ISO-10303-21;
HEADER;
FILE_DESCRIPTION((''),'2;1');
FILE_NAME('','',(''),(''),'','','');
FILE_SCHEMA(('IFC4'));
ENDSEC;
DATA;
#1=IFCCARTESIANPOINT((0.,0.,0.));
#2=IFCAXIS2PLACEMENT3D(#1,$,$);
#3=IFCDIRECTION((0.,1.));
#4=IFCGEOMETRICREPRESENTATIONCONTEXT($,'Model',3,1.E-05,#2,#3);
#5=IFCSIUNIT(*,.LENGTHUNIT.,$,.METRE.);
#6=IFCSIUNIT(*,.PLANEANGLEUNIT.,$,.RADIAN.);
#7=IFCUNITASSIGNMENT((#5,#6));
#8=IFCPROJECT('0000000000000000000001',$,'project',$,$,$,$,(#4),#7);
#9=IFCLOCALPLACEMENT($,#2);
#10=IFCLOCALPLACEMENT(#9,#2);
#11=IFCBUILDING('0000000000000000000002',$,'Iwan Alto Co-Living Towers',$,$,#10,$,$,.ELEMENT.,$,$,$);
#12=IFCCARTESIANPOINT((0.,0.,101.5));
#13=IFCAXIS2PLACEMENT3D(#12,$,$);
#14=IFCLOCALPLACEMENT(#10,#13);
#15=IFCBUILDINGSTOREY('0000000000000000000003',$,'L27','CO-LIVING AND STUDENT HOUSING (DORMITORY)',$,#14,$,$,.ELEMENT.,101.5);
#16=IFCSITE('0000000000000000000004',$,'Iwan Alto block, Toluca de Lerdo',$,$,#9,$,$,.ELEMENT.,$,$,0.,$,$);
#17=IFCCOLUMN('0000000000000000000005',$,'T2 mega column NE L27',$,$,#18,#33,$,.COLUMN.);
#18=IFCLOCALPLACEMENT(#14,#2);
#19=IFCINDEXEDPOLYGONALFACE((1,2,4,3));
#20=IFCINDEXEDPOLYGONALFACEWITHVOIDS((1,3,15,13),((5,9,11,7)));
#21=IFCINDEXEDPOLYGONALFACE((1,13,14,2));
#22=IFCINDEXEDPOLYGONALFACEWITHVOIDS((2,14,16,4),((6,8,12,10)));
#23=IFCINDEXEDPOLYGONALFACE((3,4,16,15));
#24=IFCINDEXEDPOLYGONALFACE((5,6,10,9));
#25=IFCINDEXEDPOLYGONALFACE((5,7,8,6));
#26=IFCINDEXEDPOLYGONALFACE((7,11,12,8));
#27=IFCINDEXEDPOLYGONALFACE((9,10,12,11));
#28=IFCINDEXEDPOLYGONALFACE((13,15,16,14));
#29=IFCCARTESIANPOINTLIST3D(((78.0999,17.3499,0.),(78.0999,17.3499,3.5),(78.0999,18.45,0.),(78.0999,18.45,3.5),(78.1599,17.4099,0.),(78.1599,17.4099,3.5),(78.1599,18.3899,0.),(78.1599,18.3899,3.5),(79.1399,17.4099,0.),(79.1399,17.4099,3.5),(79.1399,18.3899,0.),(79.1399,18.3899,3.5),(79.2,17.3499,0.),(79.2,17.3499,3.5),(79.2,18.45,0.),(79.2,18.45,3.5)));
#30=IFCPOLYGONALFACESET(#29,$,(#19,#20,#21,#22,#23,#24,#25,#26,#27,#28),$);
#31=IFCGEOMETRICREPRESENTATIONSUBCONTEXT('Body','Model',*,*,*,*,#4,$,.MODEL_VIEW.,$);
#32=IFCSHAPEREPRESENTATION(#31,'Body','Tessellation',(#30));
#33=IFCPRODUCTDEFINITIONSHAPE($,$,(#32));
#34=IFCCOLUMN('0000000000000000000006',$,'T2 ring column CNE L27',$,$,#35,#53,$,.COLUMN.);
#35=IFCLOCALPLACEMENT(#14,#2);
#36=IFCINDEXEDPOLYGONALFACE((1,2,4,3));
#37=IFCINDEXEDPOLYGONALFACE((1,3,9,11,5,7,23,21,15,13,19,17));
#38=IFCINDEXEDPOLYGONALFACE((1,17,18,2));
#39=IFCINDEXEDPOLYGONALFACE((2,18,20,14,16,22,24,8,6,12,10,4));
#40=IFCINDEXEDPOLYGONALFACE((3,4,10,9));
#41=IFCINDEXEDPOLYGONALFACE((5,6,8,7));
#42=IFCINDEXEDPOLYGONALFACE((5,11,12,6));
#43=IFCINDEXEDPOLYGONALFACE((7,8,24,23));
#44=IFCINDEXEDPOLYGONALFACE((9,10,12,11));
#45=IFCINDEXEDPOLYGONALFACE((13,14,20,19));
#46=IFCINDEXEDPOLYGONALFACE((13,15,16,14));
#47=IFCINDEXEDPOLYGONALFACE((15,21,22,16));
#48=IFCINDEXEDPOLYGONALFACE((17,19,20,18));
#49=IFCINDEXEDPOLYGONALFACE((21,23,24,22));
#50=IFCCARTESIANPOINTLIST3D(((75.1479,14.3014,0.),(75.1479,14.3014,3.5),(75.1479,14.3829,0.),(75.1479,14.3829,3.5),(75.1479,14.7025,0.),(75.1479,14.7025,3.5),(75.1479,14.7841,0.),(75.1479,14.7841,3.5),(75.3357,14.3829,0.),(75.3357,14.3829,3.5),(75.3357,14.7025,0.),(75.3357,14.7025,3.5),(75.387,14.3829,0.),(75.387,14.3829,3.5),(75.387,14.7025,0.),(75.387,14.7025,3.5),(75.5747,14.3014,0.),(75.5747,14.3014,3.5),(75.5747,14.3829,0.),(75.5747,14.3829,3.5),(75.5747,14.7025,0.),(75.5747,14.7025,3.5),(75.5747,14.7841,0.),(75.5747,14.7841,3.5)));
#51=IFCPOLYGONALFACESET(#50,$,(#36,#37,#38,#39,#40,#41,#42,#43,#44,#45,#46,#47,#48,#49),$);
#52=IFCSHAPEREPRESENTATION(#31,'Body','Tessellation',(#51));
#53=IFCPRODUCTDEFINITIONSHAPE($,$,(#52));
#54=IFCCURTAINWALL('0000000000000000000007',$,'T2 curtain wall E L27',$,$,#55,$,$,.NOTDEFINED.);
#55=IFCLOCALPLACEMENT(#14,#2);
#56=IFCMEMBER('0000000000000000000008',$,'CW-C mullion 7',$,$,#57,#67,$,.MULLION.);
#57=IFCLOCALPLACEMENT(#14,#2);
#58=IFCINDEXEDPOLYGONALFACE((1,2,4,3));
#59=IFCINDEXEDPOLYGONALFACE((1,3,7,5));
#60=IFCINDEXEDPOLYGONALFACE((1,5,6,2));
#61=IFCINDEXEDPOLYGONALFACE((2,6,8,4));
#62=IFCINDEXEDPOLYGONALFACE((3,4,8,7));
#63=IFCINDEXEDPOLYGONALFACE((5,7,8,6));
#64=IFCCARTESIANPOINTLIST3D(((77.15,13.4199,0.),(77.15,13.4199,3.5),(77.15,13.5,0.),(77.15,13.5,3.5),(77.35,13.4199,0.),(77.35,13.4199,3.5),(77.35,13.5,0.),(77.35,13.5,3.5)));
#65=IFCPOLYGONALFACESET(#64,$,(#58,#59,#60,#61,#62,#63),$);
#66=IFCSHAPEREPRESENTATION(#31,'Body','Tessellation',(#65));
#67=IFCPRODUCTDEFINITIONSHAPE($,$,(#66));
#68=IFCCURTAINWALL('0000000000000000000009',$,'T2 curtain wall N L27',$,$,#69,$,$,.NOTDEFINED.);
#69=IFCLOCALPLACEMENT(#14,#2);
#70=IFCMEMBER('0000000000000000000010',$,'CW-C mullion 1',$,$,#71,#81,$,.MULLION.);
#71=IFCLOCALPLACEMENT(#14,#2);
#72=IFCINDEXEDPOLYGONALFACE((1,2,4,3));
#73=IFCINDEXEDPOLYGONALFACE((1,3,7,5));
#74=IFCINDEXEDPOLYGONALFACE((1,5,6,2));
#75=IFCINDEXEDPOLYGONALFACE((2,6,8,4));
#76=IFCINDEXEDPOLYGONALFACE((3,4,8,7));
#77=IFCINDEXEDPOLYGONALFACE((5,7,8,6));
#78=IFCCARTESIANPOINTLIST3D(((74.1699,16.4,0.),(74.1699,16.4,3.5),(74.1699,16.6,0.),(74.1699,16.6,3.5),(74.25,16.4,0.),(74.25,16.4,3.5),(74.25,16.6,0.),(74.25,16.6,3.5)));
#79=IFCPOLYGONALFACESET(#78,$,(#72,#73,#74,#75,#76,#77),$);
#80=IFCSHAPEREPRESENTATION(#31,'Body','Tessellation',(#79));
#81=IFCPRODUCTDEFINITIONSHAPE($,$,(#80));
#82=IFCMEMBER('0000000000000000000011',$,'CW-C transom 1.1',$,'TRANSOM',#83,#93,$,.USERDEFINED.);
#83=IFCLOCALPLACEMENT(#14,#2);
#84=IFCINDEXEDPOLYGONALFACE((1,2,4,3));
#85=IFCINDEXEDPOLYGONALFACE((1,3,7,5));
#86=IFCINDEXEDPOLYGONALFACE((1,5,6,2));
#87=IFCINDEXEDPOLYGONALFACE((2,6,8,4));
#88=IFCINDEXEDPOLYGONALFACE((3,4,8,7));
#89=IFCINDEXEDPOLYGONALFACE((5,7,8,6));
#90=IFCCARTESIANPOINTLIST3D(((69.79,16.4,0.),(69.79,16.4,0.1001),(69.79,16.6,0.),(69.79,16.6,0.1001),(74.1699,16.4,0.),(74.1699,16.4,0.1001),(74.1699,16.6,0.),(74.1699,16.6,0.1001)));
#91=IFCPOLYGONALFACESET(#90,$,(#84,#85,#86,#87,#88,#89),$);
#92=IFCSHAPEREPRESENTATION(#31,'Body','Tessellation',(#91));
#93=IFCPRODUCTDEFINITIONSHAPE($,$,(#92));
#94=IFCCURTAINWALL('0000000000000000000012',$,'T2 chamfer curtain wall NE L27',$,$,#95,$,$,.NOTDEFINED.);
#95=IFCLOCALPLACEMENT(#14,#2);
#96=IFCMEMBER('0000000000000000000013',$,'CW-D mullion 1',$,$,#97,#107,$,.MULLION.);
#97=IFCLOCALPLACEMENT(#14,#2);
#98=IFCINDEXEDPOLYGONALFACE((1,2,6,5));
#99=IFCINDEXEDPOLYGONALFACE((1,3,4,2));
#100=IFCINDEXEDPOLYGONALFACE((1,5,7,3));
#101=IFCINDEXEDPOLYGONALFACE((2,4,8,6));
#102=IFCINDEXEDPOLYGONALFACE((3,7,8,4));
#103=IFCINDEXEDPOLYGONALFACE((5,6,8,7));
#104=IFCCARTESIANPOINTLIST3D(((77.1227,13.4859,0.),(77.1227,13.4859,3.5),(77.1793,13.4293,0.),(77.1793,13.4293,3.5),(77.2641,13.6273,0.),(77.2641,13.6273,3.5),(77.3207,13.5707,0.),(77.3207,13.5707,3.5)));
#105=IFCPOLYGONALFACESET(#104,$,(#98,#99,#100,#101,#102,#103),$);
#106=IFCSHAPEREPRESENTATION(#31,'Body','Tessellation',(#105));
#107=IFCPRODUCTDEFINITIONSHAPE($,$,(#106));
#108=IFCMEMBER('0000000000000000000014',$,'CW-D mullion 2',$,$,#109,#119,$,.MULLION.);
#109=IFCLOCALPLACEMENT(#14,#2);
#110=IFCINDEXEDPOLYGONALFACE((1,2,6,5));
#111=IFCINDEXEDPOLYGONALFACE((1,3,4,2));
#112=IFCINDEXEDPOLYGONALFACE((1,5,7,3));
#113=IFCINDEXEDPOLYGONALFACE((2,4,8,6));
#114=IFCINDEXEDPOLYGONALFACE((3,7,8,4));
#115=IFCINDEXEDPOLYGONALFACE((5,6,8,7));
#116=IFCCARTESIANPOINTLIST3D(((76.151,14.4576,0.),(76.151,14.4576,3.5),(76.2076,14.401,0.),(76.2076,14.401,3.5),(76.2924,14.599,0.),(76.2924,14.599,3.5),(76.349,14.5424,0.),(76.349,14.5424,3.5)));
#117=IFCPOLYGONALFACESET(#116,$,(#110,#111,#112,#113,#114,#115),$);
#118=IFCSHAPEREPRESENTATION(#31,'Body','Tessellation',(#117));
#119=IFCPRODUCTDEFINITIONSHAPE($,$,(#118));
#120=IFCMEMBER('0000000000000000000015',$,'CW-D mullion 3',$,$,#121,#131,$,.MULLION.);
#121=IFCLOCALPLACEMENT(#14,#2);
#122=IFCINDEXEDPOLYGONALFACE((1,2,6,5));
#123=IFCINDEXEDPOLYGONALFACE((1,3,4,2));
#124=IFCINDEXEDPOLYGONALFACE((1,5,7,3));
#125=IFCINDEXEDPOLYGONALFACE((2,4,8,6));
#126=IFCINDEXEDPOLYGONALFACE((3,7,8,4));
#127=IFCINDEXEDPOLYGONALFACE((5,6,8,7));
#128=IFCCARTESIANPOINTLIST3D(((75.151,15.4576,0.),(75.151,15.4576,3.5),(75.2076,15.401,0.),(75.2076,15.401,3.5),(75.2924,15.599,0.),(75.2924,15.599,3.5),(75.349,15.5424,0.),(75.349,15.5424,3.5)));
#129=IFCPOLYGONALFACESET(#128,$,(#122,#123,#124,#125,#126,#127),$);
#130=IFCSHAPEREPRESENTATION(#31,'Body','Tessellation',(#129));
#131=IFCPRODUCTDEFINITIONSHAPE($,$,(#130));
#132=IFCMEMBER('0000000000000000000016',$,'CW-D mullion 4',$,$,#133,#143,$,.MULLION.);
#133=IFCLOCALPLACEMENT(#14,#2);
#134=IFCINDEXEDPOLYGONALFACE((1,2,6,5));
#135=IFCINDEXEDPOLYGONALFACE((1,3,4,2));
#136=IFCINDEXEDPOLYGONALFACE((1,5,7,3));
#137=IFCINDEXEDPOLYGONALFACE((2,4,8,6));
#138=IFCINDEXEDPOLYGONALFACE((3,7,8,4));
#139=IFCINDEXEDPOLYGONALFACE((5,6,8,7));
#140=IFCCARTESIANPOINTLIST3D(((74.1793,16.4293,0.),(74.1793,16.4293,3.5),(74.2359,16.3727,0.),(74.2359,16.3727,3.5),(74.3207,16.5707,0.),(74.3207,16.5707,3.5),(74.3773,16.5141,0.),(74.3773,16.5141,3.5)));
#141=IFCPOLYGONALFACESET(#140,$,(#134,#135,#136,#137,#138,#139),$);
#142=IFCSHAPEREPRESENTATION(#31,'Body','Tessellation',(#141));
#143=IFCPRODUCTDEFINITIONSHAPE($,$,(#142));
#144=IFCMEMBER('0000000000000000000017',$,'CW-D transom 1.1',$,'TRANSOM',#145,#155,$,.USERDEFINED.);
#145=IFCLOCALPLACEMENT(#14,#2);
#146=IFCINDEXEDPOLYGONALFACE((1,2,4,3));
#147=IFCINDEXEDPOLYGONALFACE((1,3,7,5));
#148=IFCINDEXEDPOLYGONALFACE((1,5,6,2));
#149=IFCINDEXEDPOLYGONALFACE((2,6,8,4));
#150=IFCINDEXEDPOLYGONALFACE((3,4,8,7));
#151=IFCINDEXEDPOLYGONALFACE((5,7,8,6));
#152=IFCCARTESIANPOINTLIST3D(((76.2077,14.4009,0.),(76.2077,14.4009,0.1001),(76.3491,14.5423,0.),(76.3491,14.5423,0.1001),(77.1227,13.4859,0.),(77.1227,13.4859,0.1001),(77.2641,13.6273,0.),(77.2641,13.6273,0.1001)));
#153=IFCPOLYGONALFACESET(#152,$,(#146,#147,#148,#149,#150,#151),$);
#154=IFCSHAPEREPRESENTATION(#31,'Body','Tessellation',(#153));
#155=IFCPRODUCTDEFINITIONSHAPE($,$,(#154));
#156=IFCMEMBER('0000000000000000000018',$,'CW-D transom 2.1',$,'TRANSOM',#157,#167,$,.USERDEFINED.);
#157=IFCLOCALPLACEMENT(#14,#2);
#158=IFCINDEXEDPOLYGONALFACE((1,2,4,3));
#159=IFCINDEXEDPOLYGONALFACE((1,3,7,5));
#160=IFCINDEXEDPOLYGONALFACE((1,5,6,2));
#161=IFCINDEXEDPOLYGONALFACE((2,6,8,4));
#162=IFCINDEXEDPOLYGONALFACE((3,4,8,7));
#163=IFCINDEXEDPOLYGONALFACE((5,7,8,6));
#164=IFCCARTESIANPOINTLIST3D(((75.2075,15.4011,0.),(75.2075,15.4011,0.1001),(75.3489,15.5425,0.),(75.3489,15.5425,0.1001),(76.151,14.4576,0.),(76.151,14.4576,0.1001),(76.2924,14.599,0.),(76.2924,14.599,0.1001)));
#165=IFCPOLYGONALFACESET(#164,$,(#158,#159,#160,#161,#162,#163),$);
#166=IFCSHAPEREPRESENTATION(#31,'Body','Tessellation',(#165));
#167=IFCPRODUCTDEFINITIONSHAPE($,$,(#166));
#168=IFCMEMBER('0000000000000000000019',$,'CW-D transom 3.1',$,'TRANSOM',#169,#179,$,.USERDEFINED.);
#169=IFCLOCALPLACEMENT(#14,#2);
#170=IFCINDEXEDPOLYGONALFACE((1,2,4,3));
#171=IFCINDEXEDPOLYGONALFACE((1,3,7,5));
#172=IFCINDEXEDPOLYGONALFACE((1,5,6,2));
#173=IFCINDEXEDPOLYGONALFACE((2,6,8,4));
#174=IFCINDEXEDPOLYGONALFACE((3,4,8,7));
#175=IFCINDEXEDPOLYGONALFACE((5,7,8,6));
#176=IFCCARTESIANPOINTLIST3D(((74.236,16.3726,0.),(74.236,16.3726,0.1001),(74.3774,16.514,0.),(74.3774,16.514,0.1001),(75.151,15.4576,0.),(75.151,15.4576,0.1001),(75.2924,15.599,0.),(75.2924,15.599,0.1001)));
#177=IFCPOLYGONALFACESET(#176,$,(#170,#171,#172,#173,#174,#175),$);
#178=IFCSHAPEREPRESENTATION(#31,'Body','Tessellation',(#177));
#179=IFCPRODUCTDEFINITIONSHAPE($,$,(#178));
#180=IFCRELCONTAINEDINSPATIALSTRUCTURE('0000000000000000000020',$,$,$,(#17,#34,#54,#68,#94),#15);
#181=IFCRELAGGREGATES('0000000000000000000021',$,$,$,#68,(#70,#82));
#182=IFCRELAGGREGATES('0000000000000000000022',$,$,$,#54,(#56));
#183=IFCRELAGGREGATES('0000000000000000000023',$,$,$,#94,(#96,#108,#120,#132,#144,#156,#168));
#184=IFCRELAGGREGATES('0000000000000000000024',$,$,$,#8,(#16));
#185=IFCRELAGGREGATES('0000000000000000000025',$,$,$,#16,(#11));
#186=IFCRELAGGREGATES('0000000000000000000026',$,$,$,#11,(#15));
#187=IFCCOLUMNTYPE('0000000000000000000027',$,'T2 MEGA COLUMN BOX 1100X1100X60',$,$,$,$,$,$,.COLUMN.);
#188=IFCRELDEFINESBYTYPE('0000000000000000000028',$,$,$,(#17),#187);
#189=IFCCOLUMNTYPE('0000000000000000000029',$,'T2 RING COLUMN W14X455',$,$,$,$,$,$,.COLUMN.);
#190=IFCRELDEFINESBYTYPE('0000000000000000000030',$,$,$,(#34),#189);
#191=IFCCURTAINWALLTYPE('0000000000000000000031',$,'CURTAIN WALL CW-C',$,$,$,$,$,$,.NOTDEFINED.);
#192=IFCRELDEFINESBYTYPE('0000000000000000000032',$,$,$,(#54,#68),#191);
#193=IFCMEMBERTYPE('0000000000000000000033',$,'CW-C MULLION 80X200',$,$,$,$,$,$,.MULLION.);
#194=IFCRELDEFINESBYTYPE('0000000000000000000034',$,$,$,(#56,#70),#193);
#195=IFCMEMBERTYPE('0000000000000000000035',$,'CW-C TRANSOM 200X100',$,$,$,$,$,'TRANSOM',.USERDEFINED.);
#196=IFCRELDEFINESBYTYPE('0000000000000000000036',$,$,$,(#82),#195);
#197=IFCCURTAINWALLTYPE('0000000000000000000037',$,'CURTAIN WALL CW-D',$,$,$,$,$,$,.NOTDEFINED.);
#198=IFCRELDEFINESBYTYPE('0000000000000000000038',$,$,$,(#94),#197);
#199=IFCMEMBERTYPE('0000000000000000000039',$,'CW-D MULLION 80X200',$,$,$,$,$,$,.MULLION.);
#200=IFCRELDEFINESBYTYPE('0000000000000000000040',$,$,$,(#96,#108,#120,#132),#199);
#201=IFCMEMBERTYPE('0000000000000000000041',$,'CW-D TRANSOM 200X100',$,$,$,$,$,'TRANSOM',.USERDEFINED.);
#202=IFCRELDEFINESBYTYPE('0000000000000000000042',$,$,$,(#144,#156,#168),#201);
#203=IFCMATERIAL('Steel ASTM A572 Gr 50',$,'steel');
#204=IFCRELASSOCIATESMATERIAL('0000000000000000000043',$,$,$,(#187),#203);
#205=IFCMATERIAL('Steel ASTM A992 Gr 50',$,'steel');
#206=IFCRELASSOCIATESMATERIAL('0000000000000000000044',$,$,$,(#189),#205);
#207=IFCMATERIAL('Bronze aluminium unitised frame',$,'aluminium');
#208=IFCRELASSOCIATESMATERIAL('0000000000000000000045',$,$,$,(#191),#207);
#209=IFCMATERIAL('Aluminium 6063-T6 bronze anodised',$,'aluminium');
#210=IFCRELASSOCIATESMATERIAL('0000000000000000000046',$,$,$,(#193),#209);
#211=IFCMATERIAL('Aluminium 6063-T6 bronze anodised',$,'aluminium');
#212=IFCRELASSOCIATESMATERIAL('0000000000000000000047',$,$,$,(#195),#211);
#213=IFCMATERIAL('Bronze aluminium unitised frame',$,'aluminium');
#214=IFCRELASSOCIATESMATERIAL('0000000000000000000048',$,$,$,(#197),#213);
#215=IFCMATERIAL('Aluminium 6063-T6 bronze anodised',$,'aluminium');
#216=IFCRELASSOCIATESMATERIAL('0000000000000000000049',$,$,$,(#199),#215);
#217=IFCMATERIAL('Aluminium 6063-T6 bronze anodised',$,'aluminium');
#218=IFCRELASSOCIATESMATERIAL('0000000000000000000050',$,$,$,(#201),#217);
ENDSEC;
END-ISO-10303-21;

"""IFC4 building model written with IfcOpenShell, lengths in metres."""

from ifc_helpers import new_model, si_unit, direction, frame, origin, origin_2d, place, context, subcontext, project, spatial, rectangle, hollow_rectangle, i_section, extrude, material, material_profile, profile_set, type_object, element, aggregate, save


model = new_model("IFC4")

# Units and contexts
model_context = context("Model", 3, precision=1e-05, world=origin(), true_north=direction((0.0, 1.0)))
body_context = subcontext(model_context, "Body", "Model", "MODEL_VIEW")
ifc_project = project(units=[si_unit("LENGTHUNIT", "METRE"), si_unit("PLANEANGLEUNIT", "RADIAN")], contexts=[model_context])

# Site, building, storey
site_placement = place(None, origin())
site = spatial("IfcSite", under=ifc_project, at=site_placement, Name="Iwan Alto block, Toluca de Lerdo", CompositionType="ELEMENT", RefElevation=0.0)
building_placement = place(site_placement, origin())
building = spatial("IfcBuilding", under=site, at=building_placement, Name="Iwan Alto Co-Living Towers", CompositionType="ELEMENT")
storey_placement = place(building_placement, frame((0.0, 0.0, 101.5)))
storey = spatial("IfcBuildingStorey", under=building, at=storey_placement, Name="L27", Description="CO-LIVING AND STUDENT HOUSING (DORMITORY)", CompositionType="ELEMENT", Elevation=101.5)

# Columns
ifc_material_1 = material(Name="Steel ASTM A572 Gr 50", Category="steel")
ifc_material_profile_1 = material_profile(ifc_material_1, hollow_rectangle(XDim=1.1001, YDim=1.1001, WallThickness=0.0601, at=origin_2d()), Name="BOX 1100X1100X60")
ifc_profile_set_1 = profile_set([ifc_material_profile_1], Name="Steel ASTM A572 Gr 50")
column_type_1 = type_object("IfcColumnType", Name="T2 MEGA COLUMN BOX 1100X1100X60", PredefinedType="COLUMN", material=ifc_profile_set_1)
column_1_placement = place(storey_placement, frame((78.6499, 17.8999, 0.0), z_axis=(0.0, 0.0, 1.0), x_axis=(1.0, 0.0, 0.0)))
element("IfcColumn", 1, at=column_1_placement, inside=storey, type_object=column_type_1, Name="T2 mega column NE L27", PredefinedType="COLUMN", context=body_context, shape_type="SweptSolid", body=[
    extrude(hollow_rectangle(XDim=1.1001, YDim=1.1001, WallThickness=0.0601, at=origin_2d()), origin(), (0.0, 0.0, 1.0), 3.5),
])
ifc_material_2 = material(Name="Steel ASTM A992 Gr 50", Category="steel")
ifc_material_profile_2 = material_profile(ifc_material_2, i_section(OverallWidth=0.4268, OverallDepth=0.4827, WebThickness=0.0513, FlangeThickness=0.0815, at=origin_2d()), Name="W14X455")
ifc_profile_set_2 = profile_set([ifc_material_profile_2], Name="Steel ASTM A992 Gr 50")
column_type_2 = type_object("IfcColumnType", Name="T2 RING COLUMN W14X455", PredefinedType="COLUMN", material=ifc_profile_set_2)
column_2_placement = place(storey_placement, frame((75.3613, 14.5427, 0.0), z_axis=(0.0, 0.0, 1.0), x_axis=(1.0, 0.0, 0.0)))
element("IfcColumn", 2, at=column_2_placement, inside=storey, type_object=column_type_2, Name="T2 ring column CNE L27", PredefinedType="COLUMN", context=body_context, shape_type="SweptSolid", body=[
    extrude(i_section(OverallWidth=0.4268, OverallDepth=0.4827, WebThickness=0.0513, FlangeThickness=0.0815, at=origin_2d()), origin(), (0.0, 0.0, 1.0), 3.5),
])

# Curtain wall, member
ifc_material_3 = material(Name="Bronze aluminium unitised frame", Category="aluminium")
curtain_wall_type_1 = type_object("IfcCurtainWallType", Name="CURTAIN WALL CW-C", PredefinedType="NOTDEFINED", material=ifc_material_3)
curtain_wall_1_placement = place(storey_placement, origin())
curtain_wall_1 = element("IfcCurtainWall", 3, at=curtain_wall_1_placement, inside=storey, type_object=curtain_wall_type_1, Name="T2 curtain wall E L27", PredefinedType="NOTDEFINED")
ifc_material_4 = material(Name="Aluminium 6063-T6 bronze anodised", Category="aluminium")
ifc_material_profile_3 = material_profile(ifc_material_4, rectangle(XDim=0.2, YDim=0.0801, at=origin_2d()), Name="AL 80X200")
ifc_profile_set_3 = profile_set([ifc_material_profile_3], Name="Aluminium 6063-T6 bronze anodised")
member_type_1 = type_object("IfcMemberType", Name="CW-C MULLION 80X200", PredefinedType="MULLION", material=ifc_profile_set_3)
member_1_placement = place(storey_placement, frame((77.25, 13.46, 0.0), z_axis=(0.0, 0.0, 1.0), x_axis=(-1.0, 0.0, 0.0)))
member_1 = element("IfcMember", 4, at=member_1_placement, type_object=member_type_1, Name="CW-C mullion 7", PredefinedType="MULLION", context=body_context, shape_type="SweptSolid", body=[
    extrude(rectangle(XDim=0.2, YDim=0.0801, at=origin_2d()), origin(), (0.0, 0.0, 1.0), 3.5),
])

# Curtain walls, members
curtain_wall_2_placement = place(storey_placement, origin())
curtain_wall_2 = element("IfcCurtainWall", 5, at=curtain_wall_2_placement, inside=storey, type_object=curtain_wall_type_1, Name="T2 curtain wall N L27", PredefinedType="NOTDEFINED")
member_2_placement = place(storey_placement, frame((74.21, 16.5, 0.0), z_axis=(0.0, 0.0, 1.0), x_axis=(0.0, -1.0, 0.0)))
member_2 = element("IfcMember", 6, at=member_2_placement, type_object=member_type_1, Name="CW-C mullion 1", PredefinedType="MULLION", context=body_context, shape_type="SweptSolid", body=[
    extrude(rectangle(XDim=0.2, YDim=0.0801, at=origin_2d()), origin(), (0.0, 0.0, 1.0), 3.5),
])
ifc_material_5 = material(Name="Aluminium 6063-T6 bronze anodised", Category="aluminium")
ifc_material_profile_4 = material_profile(ifc_material_5, rectangle(XDim=0.2, YDim=0.1001, at=origin_2d()), Name="AL 200X100")
ifc_profile_set_4 = profile_set([ifc_material_profile_4], Name="Aluminium 6063-T6 bronze anodised")
member_type_2 = type_object("IfcMemberType", Name="CW-C TRANSOM 200X100", ElementType="TRANSOM", PredefinedType="USERDEFINED", material=ifc_profile_set_4)
member_3_placement = place(storey_placement, frame((74.1699, 16.5, 0.05), z_axis=(-1.0, 0.0, 0.0), x_axis=(0.0, -1.0, 0.0)))
member_3 = element("IfcMember", 7, at=member_3_placement, type_object=member_type_2, Name="CW-C transom 1.1", ObjectType="TRANSOM", PredefinedType="USERDEFINED", context=body_context, shape_type="SweptSolid", body=[
    extrude(rectangle(XDim=0.2, YDim=0.1001, at=origin_2d()), origin(), (0.0, 0.0, 1.0), 4.3799),
])
aggregate(curtain_wall_2, [member_2, member_3])
ifc_material_6 = material(Name="Bronze aluminium unitised frame", Category="aluminium")
curtain_wall_type_2 = type_object("IfcCurtainWallType", Name="CURTAIN WALL CW-D", PredefinedType="NOTDEFINED", material=ifc_material_6)
curtain_wall_3_placement = place(storey_placement, origin())
curtain_wall_3 = element("IfcCurtainWall", 8, at=curtain_wall_3_placement, inside=storey, type_object=curtain_wall_type_2, Name="T2 chamfer curtain wall NE L27", PredefinedType="NOTDEFINED")
ifc_material_7 = material(Name="Aluminium 6063-T6 bronze anodised", Category="aluminium")
ifc_material_profile_5 = material_profile(ifc_material_7, rectangle(XDim=0.2, YDim=0.0801, at=origin_2d()), Name="AL 80X200")
ifc_profile_set_5 = profile_set([ifc_material_profile_5], Name="Aluminium 6063-T6 bronze anodised")
member_type_3 = type_object("IfcMemberType", Name="CW-D MULLION 80X200", PredefinedType="MULLION", material=ifc_profile_set_5)
member_4_placement = place(storey_placement, frame((77.2217, 13.5283, 0.0), z_axis=(0.0, 0.0, 1.0), x_axis=(-0.707107, -0.707107, 0.0)))
member_4 = element("IfcMember", 9, at=member_4_placement, type_object=member_type_3, Name="CW-D mullion 1", PredefinedType="MULLION", context=body_context, shape_type="SweptSolid", body=[
    extrude(rectangle(XDim=0.2, YDim=0.0801, at=origin_2d()), origin(), (0.0, 0.0, 1.0), 3.5),
])
member_5_placement = place(storey_placement, frame((76.25, 14.5, 0.0), z_axis=(0.0, 0.0, 1.0), x_axis=(-0.707107, -0.707107, 0.0)))
member_5 = element("IfcMember", 10, at=member_5_placement, type_object=member_type_3, Name="CW-D mullion 2", PredefinedType="MULLION", context=body_context, shape_type="SweptSolid", body=[
    extrude(rectangle(XDim=0.2, YDim=0.0801, at=origin_2d()), origin(), (0.0, 0.0, 1.0), 3.5),
])
member_6_placement = place(storey_placement, frame((75.25, 15.5, 0.0), z_axis=(0.0, 0.0, 1.0), x_axis=(-0.707107, -0.707107, 0.0)))
member_6 = element("IfcMember", 11, at=member_6_placement, type_object=member_type_3, Name="CW-D mullion 3", PredefinedType="MULLION", context=body_context, shape_type="SweptSolid", body=[
    extrude(rectangle(XDim=0.2, YDim=0.0801, at=origin_2d()), origin(), (0.0, 0.0, 1.0), 3.5),
])
member_7_placement = place(storey_placement, frame((74.2783, 16.4717, 0.0), z_axis=(0.0, 0.0, 1.0), x_axis=(-0.707107, -0.707107, 0.0)))
member_7 = element("IfcMember", 12, at=member_7_placement, type_object=member_type_3, Name="CW-D mullion 4", PredefinedType="MULLION", context=body_context, shape_type="SweptSolid", body=[
    extrude(rectangle(XDim=0.2, YDim=0.0801, at=origin_2d()), origin(), (0.0, 0.0, 1.0), 3.5),
])
ifc_material_8 = material(Name="Aluminium 6063-T6 bronze anodised", Category="aluminium")
ifc_material_profile_6 = material_profile(ifc_material_8, rectangle(XDim=0.2, YDim=0.1001, at=origin_2d()), Name="AL 200X100")
ifc_profile_set_6 = profile_set([ifc_material_profile_6], Name="Aluminium 6063-T6 bronze anodised")
member_type_4 = type_object("IfcMemberType", Name="CW-D TRANSOM 200X100", ElementType="TRANSOM", PredefinedType="USERDEFINED", material=ifc_profile_set_6)
member_8_placement = place(storey_placement, frame((77.1934, 13.5566, 0.05), z_axis=(-0.707107, 0.707107, 0.0), x_axis=(-0.707107, -0.707107, 0.0)))
member_8 = element("IfcMember", 13, at=member_8_placement, type_object=member_type_4, Name="CW-D transom 1.1", ObjectType="TRANSOM", PredefinedType="USERDEFINED", context=body_context, shape_type="SweptSolid", body=[
    extrude(rectangle(XDim=0.2, YDim=0.1001, at=origin_2d()), origin(), (0.0, 0.0, 1.0), 1.2939),
])
member_9_placement = place(storey_placement, frame((76.2217, 14.5283, 0.05), z_axis=(-0.707107, 0.707107, 0.0), x_axis=(-0.707107, -0.707107, 0.0)))
member_9 = element("IfcMember", 14, at=member_9_placement, type_object=member_type_4, Name="CW-D transom 2.1", ObjectType="TRANSOM", PredefinedType="USERDEFINED", context=body_context, shape_type="SweptSolid", body=[
    extrude(rectangle(XDim=0.2, YDim=0.1001, at=origin_2d()), origin(), (0.0, 0.0, 1.0), 1.3342),
])
member_10_placement = place(storey_placement, frame((75.2217, 15.5283, 0.05), z_axis=(-0.707107, 0.707107, 0.0), x_axis=(-0.707107, -0.707107, 0.0)))
member_10 = element("IfcMember", 15, at=member_10_placement, type_object=member_type_4, Name="CW-D transom 3.1", ObjectType="TRANSOM", PredefinedType="USERDEFINED", context=body_context, shape_type="SweptSolid", body=[
    extrude(rectangle(XDim=0.2, YDim=0.1001, at=origin_2d()), origin(), (0.0, 0.0, 1.0), 1.2939),
])

aggregate(curtain_wall_1, [member_1])
aggregate(curtain_wall_3, [member_4, member_5, member_6, member_7, member_8, member_9, member_10])

save(model, "model.ifc")
